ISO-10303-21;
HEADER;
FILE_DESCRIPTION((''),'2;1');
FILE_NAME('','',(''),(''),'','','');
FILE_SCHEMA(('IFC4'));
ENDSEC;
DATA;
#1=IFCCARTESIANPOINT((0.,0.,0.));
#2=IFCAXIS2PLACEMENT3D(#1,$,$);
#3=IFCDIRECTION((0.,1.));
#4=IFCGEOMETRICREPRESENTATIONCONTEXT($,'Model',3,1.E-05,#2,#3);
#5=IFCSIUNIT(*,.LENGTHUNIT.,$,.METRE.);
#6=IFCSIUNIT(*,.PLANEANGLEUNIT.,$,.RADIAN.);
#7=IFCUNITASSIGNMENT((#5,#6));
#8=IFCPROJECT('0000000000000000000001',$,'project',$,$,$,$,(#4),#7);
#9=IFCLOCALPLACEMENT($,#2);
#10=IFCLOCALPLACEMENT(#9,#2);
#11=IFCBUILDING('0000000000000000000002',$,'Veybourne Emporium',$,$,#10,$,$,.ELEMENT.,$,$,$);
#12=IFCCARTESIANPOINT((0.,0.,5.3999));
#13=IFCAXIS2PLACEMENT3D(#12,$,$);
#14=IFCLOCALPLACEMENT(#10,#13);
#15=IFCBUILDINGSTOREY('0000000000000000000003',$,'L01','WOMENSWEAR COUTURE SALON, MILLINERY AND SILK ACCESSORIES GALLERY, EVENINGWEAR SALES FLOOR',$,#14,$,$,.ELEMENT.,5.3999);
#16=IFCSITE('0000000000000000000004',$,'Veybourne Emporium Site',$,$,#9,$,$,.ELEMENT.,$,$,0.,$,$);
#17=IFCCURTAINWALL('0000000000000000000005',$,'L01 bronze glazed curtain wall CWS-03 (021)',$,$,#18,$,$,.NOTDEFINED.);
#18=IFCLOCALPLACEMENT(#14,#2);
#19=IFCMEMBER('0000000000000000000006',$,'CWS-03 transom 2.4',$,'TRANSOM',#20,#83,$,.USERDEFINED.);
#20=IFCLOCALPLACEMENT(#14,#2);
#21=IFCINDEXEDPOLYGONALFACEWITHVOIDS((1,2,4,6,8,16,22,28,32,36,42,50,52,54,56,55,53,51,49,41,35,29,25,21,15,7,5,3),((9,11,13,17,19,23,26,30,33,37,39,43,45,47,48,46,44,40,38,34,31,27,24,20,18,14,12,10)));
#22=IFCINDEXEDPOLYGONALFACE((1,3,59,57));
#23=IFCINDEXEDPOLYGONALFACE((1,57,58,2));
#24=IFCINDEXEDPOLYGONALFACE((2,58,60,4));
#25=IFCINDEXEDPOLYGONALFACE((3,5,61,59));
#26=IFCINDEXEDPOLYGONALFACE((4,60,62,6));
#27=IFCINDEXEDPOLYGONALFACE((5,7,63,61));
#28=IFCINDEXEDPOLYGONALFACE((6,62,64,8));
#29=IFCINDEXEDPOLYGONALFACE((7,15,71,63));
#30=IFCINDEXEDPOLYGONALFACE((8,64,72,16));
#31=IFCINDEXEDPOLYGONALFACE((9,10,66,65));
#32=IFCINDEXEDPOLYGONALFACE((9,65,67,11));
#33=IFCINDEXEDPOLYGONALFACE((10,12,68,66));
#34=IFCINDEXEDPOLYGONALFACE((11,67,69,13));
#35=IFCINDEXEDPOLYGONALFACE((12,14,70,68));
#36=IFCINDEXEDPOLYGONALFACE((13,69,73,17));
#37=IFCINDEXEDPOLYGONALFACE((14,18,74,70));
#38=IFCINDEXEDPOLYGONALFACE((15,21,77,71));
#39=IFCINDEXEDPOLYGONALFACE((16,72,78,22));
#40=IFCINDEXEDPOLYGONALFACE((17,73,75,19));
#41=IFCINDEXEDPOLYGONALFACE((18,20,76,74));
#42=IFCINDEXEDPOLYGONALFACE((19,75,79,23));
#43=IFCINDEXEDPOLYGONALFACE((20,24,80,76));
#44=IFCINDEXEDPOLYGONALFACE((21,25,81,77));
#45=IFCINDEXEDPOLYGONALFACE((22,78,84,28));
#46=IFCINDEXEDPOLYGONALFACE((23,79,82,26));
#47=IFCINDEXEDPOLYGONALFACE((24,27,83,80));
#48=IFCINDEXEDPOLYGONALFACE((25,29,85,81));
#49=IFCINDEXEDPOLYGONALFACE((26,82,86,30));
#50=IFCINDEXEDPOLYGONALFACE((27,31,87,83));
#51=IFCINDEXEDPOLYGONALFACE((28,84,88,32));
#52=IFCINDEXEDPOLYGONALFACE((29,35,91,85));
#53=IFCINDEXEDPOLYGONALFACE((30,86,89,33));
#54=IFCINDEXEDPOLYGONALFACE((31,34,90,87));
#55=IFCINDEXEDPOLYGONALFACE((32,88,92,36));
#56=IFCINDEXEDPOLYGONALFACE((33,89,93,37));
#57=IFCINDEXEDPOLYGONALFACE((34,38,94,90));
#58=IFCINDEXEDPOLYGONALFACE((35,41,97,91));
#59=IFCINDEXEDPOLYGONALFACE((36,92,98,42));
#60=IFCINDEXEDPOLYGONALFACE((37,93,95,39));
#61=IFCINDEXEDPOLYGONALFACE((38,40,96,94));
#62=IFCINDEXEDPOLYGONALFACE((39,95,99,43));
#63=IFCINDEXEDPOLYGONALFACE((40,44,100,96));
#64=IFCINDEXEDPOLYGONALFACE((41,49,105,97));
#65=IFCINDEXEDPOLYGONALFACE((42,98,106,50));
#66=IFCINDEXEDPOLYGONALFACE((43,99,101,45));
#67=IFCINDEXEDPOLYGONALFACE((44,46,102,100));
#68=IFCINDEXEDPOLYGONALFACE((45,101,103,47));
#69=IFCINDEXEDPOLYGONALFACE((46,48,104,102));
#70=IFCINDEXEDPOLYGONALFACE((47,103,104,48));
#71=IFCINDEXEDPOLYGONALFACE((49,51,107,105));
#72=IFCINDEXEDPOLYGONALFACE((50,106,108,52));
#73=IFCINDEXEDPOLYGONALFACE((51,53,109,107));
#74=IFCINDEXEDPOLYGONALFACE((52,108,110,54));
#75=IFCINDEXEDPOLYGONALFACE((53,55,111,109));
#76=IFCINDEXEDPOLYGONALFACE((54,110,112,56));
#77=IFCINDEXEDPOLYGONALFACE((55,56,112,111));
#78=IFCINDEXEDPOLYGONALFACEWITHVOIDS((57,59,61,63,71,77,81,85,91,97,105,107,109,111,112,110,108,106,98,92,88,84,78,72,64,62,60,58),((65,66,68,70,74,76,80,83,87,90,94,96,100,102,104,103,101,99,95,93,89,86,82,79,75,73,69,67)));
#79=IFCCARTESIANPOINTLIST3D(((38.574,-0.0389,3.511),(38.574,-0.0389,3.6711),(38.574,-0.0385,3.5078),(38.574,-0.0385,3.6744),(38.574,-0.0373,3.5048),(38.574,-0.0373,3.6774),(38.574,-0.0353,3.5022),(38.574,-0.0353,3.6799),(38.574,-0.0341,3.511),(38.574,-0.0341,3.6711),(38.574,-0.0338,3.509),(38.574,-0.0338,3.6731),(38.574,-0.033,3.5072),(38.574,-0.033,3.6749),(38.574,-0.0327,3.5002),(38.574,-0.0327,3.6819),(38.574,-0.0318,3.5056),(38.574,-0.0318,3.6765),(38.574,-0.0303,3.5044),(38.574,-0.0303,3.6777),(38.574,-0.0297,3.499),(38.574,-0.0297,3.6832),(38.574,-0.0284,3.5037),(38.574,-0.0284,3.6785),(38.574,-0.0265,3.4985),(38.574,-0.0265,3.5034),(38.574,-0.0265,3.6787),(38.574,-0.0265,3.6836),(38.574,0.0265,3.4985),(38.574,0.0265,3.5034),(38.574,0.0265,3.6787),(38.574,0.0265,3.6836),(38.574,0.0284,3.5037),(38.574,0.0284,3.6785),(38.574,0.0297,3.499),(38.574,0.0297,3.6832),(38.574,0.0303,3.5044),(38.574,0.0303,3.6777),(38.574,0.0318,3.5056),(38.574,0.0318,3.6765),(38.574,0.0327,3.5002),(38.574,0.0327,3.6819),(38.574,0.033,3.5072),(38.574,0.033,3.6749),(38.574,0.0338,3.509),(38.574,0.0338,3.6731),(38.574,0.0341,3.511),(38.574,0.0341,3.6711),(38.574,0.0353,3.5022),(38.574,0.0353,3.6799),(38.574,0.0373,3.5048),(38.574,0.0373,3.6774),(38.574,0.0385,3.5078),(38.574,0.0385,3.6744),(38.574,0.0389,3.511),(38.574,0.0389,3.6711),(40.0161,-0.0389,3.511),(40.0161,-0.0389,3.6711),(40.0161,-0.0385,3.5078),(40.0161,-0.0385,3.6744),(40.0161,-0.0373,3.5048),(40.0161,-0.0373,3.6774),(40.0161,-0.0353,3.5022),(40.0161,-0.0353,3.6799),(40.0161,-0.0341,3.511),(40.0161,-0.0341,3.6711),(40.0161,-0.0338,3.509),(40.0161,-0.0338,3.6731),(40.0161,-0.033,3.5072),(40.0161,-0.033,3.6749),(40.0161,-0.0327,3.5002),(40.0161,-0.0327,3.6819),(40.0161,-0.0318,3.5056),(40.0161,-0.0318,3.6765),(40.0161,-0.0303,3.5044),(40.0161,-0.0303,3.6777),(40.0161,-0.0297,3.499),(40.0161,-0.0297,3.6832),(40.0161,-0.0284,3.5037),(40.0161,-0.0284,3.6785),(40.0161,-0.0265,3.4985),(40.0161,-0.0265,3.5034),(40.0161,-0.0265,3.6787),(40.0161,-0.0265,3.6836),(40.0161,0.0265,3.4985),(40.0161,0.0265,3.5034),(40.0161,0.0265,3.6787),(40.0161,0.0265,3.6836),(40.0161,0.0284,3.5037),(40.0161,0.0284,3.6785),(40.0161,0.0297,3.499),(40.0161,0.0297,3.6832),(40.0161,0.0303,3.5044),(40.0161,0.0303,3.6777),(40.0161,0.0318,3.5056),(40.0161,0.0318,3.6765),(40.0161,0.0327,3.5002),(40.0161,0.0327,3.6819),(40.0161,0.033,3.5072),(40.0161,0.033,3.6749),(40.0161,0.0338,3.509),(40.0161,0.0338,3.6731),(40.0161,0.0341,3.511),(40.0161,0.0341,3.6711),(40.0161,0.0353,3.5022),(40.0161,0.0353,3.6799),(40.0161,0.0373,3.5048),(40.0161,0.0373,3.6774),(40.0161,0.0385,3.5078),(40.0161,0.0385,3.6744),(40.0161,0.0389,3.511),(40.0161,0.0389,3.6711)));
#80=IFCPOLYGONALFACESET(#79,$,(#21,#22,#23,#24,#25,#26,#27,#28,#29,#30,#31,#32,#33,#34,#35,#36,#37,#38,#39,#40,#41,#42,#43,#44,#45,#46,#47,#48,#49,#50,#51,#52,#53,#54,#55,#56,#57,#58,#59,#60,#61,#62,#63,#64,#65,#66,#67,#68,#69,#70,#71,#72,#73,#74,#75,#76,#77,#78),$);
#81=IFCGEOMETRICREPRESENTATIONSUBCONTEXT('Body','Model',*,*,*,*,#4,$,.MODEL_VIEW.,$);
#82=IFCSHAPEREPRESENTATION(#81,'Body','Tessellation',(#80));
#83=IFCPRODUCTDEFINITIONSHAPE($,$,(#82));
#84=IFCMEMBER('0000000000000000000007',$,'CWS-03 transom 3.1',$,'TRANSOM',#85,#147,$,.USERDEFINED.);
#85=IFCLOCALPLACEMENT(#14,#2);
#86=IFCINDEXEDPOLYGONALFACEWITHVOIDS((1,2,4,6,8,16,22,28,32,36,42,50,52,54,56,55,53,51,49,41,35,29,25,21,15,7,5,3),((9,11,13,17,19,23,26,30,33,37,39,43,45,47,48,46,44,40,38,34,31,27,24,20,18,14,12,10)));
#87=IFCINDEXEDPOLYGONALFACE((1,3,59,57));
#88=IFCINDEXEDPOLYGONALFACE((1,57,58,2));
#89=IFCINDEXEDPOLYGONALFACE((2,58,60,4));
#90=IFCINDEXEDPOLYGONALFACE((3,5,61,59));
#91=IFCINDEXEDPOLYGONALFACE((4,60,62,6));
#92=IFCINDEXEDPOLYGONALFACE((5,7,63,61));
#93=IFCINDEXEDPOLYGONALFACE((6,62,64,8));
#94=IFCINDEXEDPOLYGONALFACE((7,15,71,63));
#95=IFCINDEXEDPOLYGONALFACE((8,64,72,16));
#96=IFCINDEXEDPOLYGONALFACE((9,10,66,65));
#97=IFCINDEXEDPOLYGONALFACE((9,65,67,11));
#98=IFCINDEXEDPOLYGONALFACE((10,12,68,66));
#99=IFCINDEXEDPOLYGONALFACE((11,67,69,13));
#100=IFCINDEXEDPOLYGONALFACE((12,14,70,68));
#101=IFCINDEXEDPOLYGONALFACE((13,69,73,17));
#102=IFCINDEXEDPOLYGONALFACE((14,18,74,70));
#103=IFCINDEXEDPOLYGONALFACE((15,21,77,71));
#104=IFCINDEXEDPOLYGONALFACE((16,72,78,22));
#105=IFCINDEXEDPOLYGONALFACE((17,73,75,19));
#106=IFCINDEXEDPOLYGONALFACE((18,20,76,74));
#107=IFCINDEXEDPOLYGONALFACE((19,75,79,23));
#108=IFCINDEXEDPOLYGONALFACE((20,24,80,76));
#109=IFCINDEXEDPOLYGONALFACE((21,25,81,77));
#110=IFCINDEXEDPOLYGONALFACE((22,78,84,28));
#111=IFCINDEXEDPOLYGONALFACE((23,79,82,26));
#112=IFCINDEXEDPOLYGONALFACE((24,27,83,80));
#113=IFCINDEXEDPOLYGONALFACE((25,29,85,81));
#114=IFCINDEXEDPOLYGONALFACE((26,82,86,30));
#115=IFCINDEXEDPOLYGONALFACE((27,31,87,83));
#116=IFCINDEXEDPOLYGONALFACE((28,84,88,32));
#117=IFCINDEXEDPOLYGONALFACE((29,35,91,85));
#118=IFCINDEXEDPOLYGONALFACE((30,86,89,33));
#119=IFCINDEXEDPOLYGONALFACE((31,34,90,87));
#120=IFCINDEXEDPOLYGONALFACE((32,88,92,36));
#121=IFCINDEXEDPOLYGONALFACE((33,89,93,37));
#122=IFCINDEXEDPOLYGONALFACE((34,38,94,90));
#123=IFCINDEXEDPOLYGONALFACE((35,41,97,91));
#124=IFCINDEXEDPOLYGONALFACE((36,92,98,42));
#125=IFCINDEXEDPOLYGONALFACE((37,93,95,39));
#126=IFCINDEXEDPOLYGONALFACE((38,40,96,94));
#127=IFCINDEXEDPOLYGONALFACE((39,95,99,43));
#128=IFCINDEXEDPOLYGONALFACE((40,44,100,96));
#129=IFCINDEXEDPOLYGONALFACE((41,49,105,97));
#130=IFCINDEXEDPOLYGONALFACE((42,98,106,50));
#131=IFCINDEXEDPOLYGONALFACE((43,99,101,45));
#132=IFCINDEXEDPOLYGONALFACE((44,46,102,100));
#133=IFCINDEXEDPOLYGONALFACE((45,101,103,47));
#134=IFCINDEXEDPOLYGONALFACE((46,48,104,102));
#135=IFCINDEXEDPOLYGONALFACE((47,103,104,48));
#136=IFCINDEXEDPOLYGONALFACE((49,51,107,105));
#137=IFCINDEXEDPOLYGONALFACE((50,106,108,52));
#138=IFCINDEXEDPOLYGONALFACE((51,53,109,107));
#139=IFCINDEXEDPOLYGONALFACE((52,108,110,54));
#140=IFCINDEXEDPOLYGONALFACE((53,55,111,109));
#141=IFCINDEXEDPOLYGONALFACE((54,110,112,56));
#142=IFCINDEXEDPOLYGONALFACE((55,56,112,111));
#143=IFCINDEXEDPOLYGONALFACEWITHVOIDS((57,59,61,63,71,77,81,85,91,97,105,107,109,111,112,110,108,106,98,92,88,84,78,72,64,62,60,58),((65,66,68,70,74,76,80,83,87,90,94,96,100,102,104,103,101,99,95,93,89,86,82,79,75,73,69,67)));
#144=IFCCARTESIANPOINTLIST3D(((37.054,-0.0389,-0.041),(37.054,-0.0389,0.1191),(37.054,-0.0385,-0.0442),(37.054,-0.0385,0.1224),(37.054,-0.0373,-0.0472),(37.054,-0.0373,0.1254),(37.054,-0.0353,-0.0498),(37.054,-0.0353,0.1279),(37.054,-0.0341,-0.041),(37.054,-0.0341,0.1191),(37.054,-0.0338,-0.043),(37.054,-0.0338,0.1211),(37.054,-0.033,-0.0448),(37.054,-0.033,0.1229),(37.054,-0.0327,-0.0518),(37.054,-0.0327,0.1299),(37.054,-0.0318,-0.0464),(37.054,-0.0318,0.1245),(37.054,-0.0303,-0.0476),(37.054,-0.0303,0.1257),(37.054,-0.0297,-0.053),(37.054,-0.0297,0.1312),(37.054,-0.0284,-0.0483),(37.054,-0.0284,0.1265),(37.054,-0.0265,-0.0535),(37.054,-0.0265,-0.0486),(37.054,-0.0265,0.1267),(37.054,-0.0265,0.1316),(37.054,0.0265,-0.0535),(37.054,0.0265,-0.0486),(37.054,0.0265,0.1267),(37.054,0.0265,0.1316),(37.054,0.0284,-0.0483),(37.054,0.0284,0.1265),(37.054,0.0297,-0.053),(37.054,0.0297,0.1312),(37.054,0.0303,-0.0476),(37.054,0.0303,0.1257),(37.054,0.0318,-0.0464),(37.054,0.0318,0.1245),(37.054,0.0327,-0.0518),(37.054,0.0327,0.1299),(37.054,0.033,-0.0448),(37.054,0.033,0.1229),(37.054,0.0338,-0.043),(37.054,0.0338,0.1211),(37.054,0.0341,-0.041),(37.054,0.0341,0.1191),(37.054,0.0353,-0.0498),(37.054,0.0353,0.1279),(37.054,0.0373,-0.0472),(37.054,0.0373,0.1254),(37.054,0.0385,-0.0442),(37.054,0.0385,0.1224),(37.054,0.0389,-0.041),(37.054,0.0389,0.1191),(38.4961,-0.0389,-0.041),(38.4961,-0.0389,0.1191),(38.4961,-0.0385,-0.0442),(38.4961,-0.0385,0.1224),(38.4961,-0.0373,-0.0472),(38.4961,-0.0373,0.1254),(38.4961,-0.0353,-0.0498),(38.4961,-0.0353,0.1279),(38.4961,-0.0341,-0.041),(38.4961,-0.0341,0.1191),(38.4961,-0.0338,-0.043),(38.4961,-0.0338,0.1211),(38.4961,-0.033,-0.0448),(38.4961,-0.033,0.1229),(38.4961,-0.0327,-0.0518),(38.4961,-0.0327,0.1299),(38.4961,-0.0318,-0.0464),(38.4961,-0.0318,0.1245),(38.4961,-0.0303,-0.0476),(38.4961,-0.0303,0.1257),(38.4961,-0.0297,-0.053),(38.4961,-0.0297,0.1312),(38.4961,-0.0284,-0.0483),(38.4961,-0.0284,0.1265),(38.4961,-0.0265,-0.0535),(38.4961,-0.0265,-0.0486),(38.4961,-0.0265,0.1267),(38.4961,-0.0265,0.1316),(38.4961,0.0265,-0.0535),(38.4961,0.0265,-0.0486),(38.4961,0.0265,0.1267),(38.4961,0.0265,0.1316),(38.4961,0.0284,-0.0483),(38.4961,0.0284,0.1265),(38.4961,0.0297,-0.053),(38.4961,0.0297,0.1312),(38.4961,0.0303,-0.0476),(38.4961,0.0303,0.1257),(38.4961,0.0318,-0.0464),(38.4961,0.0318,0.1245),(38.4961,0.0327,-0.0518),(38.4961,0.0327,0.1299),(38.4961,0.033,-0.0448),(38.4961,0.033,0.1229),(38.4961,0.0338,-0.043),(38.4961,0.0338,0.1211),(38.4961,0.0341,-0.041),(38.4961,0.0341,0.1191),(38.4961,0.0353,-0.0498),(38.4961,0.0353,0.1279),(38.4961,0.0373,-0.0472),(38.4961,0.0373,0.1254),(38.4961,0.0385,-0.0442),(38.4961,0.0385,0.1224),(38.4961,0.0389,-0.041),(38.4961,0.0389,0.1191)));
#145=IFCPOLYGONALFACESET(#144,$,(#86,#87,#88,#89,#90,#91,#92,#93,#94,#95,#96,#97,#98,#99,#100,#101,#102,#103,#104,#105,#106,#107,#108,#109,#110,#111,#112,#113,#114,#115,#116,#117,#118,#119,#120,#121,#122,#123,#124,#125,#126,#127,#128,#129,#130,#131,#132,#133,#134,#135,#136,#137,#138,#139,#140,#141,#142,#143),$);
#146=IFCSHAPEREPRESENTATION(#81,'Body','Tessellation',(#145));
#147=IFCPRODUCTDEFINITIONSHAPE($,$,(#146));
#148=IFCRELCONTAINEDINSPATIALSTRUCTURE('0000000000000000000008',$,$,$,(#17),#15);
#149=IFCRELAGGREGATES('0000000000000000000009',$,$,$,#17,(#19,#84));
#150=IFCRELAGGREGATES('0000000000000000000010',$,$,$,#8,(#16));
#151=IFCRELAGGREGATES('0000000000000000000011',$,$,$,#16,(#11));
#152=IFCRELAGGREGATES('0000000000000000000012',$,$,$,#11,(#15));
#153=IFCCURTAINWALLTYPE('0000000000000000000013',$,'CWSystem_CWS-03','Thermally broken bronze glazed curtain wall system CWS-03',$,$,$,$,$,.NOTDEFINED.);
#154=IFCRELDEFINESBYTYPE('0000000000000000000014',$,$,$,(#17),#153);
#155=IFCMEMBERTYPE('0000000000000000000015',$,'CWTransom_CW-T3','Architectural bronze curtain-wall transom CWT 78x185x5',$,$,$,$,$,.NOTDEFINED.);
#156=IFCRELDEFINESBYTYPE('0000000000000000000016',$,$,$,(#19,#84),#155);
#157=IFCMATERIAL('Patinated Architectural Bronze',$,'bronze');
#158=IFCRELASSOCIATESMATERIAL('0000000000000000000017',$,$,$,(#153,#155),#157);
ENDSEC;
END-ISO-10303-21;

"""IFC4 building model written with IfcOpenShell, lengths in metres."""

from ifc_helpers import new_model, si_unit, direction, frame, origin, origin_2d, place, context, subcontext, project, spatial, hollow_rectangle, extrude, material, material_profile, profile_set, type_object, element, aggregate, save


model = new_model("IFC4")

# Units and contexts
model_context = context("Model", 3, precision=1e-05, world=origin(), true_north=direction((0.0, 1.0)))
body_context = subcontext(model_context, "Body", "Model", "MODEL_VIEW")
ifc_project = project(units=[si_unit("LENGTHUNIT", "METRE"), si_unit("PLANEANGLEUNIT", "RADIAN")], contexts=[model_context])

# Site, building, storey
site_placement = place(None, origin())
site = spatial("IfcSite", under=ifc_project, at=site_placement, Name="Veybourne Emporium Site", CompositionType="ELEMENT", RefElevation=0.0)
building_placement = place(site_placement, origin())
building = spatial("IfcBuilding", under=site, at=building_placement, Name="Veybourne Emporium", CompositionType="ELEMENT")
storey_placement = place(building_placement, frame((0.0, 0.0, 5.3999)))
storey = spatial("IfcBuildingStorey", under=building, at=storey_placement, Name="L01", Description="WOMENSWEAR COUTURE SALON, MILLINERY AND SILK ACCESSORIES GALLERY, EVENINGWEAR SALES FLOOR", CompositionType="ELEMENT", Elevation=5.3999)

# Curtain wall, members
ifc_material_1 = material(Name="Patinated Architectural Bronze", Category="bronze")
curtain_wall_type = type_object("IfcCurtainWallType", Name="CWSystem_CWS-03", Description="Thermally broken bronze glazed curtain wall system CWS-03", PredefinedType="NOTDEFINED", material=ifc_material_1)
curtain_wall_placement = place(storey_placement, origin())
curtain_wall = element("IfcCurtainWall", 1, at=curtain_wall_placement, inside=storey, type_object=curtain_wall_type, Name="L01 bronze glazed curtain wall CWS-03 (021)", PredefinedType="NOTDEFINED")
ifc_material_profile_1 = material_profile(ifc_material_1, hollow_rectangle(XDim=0.0779, YDim=0.1851, WallThickness=0.0049, InnerFilletRadius=0.0076, OuterFilletRadius=0.0125, at=origin_2d()), Name="CWT 78x185x5")
ifc_profile_set_1 = profile_set([ifc_material_profile_1], Name="Patinated Architectural Bronze")
member_type_1 = type_object("IfcMemberType", Name="CWTransom_CW-T3", Description="Architectural bronze curtain-wall transom CWT 78x185x5", PredefinedType="NOTDEFINED", material=ifc_profile_set_1)
member_1_placement = place(storey_placement, frame((40.0161, 0.0, 3.5911), z_axis=(-1.0, 0.0, 0.0), x_axis=(0.0, -1.0, 0.0)))
member_1 = element("IfcMember", 2, at=member_1_placement, type_object=member_type_1, Name="CWS-03 transom 2.4", ObjectType="TRANSOM", PredefinedType="USERDEFINED", context=body_context, shape_type="SweptSolid", body=[
    extrude(hollow_rectangle(XDim=0.0779, YDim=0.1851, WallThickness=0.0049, InnerFilletRadius=0.0076, OuterFilletRadius=0.0125, at=origin_2d()), origin(), (0.0, 0.0, 1.0), 1.4421),
])
member_2_placement = place(storey_placement, frame((38.4961, 0.0, 0.0391), z_axis=(-1.0, 0.0, 0.0), x_axis=(0.0, -1.0, 0.0)))
member_2 = element("IfcMember", 3, at=member_2_placement, type_object=member_type_1, Name="CWS-03 transom 3.1", ObjectType="TRANSOM", PredefinedType="USERDEFINED", context=body_context, shape_type="SweptSolid", body=[
    extrude(hollow_rectangle(XDim=0.0779, YDim=0.1851, WallThickness=0.0049, InnerFilletRadius=0.0076, OuterFilletRadius=0.0125, at=origin_2d()), origin(), (0.0, 0.0, 1.0), 1.4421),
])
aggregate(curtain_wall, [member_1, member_2])

save(model, "model.ifc")
